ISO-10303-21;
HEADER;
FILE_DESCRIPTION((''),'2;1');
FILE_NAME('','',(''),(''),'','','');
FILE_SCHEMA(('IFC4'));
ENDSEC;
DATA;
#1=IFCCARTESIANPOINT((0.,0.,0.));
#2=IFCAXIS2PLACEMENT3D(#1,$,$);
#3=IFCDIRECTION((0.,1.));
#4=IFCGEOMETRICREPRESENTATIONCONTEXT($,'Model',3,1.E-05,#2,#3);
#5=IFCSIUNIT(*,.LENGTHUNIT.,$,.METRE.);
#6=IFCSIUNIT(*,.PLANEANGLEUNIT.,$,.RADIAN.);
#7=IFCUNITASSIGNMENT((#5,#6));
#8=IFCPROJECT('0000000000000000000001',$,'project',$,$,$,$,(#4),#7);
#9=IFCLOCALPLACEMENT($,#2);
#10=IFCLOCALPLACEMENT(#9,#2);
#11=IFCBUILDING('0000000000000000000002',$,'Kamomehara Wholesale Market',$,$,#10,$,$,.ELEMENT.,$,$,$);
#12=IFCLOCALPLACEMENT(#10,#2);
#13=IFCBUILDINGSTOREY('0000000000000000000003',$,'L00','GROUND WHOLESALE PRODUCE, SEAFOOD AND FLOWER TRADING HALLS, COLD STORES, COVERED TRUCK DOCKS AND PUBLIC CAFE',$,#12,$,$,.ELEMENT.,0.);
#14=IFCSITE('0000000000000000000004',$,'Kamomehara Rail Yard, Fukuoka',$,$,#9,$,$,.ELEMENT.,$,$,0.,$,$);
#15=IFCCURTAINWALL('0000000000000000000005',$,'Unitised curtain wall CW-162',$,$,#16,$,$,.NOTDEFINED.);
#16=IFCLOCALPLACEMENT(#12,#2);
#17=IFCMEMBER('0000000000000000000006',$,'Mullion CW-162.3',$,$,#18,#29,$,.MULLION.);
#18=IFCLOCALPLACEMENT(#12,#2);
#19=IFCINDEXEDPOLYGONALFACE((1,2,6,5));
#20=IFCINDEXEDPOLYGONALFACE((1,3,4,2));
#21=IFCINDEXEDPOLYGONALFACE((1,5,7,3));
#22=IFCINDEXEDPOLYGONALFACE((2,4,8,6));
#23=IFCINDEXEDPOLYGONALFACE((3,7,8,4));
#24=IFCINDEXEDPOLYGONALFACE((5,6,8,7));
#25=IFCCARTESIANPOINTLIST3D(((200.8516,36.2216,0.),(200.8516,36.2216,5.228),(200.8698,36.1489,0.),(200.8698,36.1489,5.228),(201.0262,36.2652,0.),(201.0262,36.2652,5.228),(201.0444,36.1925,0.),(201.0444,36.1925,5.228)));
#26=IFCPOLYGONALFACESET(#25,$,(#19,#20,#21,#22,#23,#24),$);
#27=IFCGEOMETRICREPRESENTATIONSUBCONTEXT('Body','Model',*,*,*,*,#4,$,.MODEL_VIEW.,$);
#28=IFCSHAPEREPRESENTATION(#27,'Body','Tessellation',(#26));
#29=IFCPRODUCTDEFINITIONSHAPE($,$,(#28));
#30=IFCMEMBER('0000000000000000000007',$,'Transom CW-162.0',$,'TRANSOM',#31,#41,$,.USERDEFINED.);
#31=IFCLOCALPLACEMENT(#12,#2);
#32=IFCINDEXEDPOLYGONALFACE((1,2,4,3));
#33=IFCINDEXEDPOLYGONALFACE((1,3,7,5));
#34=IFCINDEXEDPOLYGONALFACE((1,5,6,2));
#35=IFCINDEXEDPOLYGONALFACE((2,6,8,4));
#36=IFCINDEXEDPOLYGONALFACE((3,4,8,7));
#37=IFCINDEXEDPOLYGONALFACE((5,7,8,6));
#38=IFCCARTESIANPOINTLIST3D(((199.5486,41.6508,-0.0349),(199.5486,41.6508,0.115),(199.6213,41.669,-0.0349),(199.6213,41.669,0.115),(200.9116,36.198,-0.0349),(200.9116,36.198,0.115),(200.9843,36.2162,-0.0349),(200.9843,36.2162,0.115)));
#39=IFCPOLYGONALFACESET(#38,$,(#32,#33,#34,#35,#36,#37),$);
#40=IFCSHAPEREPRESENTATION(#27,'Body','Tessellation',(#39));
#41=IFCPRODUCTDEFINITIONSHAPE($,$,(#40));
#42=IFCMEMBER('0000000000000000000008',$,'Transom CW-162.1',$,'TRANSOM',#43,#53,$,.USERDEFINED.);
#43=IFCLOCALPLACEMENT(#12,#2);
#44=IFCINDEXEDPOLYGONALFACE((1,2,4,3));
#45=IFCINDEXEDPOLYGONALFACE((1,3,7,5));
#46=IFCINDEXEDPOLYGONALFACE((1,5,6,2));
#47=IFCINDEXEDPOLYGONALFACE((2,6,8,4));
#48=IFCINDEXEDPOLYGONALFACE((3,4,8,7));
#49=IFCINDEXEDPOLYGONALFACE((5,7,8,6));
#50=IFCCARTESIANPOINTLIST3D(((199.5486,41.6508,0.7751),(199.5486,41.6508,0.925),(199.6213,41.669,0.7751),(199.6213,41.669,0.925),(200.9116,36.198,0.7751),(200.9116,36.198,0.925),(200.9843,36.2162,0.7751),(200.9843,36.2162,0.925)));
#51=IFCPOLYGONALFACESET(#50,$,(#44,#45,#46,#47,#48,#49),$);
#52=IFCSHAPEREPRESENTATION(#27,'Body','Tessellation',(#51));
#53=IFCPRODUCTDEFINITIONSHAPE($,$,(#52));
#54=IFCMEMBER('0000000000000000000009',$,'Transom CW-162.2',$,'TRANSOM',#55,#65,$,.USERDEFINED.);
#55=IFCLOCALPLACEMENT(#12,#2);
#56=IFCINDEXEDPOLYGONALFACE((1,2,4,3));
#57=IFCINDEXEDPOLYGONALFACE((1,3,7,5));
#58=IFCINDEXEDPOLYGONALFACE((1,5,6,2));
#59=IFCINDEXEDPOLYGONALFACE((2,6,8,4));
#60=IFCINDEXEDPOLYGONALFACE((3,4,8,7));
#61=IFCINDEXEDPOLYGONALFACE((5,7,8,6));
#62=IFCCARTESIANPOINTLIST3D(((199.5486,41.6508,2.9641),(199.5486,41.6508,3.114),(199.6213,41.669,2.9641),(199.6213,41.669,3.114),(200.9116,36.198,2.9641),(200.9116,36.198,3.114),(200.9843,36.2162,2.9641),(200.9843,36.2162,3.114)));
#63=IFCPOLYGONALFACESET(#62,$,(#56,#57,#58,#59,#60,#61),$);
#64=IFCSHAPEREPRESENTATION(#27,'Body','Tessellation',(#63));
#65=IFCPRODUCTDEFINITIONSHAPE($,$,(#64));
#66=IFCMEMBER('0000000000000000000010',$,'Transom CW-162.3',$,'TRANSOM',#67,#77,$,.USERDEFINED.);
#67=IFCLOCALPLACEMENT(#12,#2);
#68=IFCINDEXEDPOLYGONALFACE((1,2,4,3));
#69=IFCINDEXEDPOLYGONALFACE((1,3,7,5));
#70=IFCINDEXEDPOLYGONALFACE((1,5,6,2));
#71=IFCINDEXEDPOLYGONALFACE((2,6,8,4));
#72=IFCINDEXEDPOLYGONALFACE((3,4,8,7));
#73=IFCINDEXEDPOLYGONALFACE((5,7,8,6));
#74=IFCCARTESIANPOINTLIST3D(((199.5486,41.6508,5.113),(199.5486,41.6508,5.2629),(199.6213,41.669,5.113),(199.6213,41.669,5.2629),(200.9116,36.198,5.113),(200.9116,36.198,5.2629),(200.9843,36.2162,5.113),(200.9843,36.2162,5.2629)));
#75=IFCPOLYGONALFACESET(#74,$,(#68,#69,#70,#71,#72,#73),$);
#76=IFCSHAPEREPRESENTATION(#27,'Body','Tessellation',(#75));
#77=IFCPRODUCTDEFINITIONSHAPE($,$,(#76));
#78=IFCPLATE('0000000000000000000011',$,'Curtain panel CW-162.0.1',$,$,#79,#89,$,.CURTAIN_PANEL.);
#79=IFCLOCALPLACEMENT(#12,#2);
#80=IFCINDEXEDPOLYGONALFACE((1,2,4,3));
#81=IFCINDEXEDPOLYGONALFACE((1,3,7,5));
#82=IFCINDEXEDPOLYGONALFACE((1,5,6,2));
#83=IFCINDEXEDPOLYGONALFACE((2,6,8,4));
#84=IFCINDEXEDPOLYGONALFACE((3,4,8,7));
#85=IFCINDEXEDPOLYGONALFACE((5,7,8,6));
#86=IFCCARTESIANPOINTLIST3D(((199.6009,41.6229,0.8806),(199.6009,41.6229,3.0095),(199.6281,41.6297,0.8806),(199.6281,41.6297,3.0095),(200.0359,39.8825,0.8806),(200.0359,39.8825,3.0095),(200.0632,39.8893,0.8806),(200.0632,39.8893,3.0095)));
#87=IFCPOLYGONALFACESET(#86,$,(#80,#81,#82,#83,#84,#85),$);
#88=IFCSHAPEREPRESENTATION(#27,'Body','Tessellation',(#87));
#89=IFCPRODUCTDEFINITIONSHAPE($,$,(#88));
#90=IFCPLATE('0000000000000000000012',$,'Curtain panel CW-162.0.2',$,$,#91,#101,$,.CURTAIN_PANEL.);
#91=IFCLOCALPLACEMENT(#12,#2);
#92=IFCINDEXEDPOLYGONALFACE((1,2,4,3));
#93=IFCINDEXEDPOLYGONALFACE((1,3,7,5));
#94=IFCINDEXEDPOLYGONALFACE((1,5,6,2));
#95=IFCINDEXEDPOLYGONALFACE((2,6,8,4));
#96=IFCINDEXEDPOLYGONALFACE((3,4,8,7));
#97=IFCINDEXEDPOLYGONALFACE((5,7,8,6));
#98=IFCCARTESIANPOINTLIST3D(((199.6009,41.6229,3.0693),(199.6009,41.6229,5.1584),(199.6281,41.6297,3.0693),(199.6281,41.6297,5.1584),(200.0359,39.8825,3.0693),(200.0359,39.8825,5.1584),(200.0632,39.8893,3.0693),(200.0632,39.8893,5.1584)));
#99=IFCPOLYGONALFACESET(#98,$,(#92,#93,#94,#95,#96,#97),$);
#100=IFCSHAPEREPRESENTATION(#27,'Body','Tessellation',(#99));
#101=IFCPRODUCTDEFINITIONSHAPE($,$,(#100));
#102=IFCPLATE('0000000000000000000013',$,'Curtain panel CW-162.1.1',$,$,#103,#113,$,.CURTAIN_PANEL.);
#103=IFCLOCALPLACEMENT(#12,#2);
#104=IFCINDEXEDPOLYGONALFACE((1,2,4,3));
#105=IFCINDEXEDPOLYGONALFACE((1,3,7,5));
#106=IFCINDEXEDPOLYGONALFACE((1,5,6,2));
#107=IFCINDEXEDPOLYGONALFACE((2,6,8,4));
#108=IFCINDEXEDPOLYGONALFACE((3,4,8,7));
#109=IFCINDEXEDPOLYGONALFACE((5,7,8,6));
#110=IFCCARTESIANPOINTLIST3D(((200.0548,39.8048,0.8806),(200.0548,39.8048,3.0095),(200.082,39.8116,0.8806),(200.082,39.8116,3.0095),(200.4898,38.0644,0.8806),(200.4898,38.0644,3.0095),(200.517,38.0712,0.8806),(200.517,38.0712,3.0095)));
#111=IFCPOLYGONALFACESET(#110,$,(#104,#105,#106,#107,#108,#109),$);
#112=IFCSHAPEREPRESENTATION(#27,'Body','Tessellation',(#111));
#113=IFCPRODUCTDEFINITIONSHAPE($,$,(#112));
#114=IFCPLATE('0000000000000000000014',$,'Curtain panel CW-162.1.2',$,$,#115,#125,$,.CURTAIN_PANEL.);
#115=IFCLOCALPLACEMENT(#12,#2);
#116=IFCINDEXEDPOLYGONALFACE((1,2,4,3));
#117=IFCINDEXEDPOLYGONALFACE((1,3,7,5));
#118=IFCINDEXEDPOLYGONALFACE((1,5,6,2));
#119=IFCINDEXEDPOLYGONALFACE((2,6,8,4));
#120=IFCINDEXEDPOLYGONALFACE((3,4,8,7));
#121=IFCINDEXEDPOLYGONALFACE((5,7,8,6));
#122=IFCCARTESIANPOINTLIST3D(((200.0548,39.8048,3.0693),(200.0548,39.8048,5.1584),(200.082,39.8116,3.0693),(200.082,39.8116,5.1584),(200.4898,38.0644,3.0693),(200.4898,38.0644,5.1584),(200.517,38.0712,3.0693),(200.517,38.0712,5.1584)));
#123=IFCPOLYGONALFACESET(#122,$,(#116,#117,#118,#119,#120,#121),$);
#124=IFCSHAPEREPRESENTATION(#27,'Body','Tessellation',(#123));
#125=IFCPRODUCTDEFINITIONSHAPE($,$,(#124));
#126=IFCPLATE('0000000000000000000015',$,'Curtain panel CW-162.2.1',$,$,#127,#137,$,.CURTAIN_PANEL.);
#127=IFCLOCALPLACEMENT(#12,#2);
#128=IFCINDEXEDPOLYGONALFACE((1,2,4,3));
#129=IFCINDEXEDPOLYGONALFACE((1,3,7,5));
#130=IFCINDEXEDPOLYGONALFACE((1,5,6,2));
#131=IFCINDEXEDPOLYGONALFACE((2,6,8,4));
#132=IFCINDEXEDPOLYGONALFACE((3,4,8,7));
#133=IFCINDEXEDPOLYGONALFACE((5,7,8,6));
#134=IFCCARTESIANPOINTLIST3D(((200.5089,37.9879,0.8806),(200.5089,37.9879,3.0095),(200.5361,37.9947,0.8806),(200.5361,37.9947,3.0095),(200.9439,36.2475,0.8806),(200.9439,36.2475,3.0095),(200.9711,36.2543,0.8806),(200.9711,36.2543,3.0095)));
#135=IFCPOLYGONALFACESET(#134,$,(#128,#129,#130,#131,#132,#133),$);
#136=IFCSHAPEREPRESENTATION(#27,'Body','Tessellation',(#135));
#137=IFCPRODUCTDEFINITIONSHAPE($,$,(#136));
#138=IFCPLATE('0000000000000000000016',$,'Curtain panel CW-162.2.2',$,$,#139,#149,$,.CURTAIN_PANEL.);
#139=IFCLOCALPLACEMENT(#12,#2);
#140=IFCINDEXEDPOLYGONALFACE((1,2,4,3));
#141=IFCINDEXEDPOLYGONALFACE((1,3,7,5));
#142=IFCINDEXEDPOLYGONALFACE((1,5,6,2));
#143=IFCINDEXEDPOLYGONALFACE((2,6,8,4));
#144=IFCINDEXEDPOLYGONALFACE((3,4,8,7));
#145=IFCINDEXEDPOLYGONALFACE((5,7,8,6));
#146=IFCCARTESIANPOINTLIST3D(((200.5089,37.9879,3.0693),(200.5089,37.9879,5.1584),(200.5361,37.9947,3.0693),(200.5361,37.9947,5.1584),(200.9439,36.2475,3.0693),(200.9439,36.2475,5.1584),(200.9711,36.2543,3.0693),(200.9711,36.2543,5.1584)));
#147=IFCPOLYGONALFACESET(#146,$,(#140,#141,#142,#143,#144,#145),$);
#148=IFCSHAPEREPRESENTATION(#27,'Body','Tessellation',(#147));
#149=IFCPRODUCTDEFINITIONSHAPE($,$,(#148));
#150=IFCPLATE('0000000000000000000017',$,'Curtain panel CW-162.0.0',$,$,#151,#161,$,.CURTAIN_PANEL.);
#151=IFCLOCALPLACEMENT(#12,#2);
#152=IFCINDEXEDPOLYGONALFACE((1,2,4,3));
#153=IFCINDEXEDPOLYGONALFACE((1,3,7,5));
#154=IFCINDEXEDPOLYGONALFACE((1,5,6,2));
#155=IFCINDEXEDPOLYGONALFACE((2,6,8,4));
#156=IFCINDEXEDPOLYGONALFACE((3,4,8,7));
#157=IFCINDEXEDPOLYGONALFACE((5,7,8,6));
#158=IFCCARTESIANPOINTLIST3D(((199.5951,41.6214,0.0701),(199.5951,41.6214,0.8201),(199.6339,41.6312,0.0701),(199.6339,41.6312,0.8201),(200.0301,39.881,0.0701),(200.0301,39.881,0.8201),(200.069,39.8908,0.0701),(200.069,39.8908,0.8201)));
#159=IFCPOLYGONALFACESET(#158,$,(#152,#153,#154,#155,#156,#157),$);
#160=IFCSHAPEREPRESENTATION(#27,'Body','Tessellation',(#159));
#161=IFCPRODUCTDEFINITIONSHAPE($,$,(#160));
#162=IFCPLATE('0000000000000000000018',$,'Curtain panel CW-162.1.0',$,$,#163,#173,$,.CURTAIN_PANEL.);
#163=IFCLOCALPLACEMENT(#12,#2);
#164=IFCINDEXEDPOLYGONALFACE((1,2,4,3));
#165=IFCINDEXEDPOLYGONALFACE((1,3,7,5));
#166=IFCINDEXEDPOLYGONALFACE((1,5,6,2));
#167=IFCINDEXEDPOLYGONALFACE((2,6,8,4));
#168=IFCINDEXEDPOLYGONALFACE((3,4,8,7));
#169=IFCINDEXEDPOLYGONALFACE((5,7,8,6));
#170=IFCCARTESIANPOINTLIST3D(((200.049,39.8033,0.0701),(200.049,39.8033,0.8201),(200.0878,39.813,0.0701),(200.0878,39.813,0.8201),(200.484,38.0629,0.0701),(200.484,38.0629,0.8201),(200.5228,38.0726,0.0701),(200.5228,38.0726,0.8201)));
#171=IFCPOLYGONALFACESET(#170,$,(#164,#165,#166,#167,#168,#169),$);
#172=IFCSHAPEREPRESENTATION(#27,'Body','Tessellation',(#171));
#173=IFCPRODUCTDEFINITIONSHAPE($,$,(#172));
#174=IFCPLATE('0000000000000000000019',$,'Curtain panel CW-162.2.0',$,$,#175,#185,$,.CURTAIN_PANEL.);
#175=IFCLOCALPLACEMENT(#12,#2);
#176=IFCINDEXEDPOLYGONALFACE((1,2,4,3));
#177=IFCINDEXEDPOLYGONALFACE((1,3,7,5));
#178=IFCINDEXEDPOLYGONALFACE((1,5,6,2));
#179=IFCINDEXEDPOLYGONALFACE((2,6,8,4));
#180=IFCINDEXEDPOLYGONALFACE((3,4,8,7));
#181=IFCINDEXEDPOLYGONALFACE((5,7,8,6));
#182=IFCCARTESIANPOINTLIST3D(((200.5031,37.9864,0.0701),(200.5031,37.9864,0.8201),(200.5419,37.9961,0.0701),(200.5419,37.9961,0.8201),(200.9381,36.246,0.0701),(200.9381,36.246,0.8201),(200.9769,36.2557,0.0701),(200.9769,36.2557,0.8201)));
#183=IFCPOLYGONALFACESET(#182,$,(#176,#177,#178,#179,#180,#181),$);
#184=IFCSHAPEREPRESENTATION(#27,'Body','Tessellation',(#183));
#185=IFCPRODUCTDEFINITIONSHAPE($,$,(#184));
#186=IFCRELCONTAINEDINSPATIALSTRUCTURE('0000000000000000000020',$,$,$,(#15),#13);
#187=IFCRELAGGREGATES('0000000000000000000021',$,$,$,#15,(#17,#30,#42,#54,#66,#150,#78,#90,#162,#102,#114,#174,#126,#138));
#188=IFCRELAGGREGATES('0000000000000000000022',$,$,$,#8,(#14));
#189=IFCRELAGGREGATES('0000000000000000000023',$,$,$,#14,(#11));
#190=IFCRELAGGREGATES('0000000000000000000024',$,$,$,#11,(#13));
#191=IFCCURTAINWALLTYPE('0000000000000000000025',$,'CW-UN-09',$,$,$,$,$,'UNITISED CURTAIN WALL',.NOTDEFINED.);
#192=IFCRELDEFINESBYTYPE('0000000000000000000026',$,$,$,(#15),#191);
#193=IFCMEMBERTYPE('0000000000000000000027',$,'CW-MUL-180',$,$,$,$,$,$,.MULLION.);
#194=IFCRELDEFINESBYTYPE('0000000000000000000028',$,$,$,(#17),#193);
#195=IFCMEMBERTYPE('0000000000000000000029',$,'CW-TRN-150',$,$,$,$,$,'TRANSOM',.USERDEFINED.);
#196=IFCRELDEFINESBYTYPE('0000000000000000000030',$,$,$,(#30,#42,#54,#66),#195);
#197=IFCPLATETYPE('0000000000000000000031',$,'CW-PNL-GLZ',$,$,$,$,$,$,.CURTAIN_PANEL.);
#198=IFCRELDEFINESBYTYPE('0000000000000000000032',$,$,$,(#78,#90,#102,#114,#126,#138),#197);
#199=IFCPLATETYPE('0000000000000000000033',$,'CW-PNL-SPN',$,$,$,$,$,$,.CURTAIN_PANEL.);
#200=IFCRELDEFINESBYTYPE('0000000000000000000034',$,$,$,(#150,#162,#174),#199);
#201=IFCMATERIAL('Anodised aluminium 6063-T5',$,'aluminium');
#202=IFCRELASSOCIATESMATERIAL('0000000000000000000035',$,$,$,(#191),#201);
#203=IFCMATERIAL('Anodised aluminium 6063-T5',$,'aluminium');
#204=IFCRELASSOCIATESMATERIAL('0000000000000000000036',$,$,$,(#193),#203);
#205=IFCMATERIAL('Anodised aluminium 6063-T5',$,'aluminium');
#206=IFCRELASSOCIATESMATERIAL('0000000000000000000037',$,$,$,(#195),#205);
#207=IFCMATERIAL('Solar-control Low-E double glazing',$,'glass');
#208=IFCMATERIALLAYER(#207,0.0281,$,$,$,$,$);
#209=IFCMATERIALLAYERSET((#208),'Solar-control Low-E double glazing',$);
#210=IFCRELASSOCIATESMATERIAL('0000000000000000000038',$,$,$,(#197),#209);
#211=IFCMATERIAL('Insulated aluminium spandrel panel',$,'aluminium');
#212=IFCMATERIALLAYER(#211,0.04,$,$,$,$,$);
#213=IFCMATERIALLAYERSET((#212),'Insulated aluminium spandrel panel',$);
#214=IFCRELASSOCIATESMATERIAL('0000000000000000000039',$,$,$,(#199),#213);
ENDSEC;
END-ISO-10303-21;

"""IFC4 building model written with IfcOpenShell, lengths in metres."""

from ifc_helpers import new_model, si_unit, direction, frame, origin, origin_2d, place, context, subcontext, project, spatial, rectangle, extrude, material, layer, layer_set, material_profile, profile_set, type_object, element, aggregate, save


model = new_model("IFC4")

# Units and contexts
model_context = context("Model", 3, precision=1e-05, world=origin(), true_north=direction((0.0, 1.0)))
body_context = subcontext(model_context, "Body", "Model", "MODEL_VIEW")
ifc_project = project(units=[si_unit("LENGTHUNIT", "METRE"), si_unit("PLANEANGLEUNIT", "RADIAN")], contexts=[model_context])

# Site, building, storey
site_placement = place(None, origin())
site = spatial("IfcSite", under=ifc_project, at=site_placement, Name="Kamomehara Rail Yard, Fukuoka", CompositionType="ELEMENT", RefElevation=0.0)
building_placement = place(site_placement, origin())
building = spatial("IfcBuilding", under=site, at=building_placement, Name="Kamomehara Wholesale Market", CompositionType="ELEMENT")
storey_placement = place(building_placement, origin())
storey = spatial("IfcBuildingStorey", under=building, at=storey_placement, Name="L00", Description="GROUND WHOLESALE PRODUCE, SEAFOOD AND FLOWER TRADING HALLS, COLD STORES, COVERED TRUCK DOCKS AND PUBLIC CAFE", CompositionType="ELEMENT", Elevation=0.0)

# Curtain wall, members, plates
ifc_material_1 = material(Name="Anodised aluminium 6063-T5", Category="aluminium")
curtain_wall_type = type_object("IfcCurtainWallType", Name="CW-UN-09", ElementType="UNITISED CURTAIN WALL", PredefinedType="NOTDEFINED", material=ifc_material_1)
curtain_wall_placement = place(storey_placement, origin())
curtain_wall = element("IfcCurtainWall", 1, at=curtain_wall_placement, inside=storey, type_object=curtain_wall_type, Name="Unitised curtain wall CW-162", PredefinedType="NOTDEFINED")
ifc_material_2 = material(Name="Anodised aluminium 6063-T5", Category="aluminium")
ifc_material_profile_1 = material_profile(ifc_material_2, rectangle(XDim=0.075, YDim=0.1799, at=origin_2d()), Name="ALU-MUL-75x180")
ifc_profile_set_1 = profile_set([ifc_material_profile_1], Name="Anodised aluminium 6063-T5")
member_type_1 = type_object("IfcMemberType", Name="CW-MUL-180", PredefinedType="MULLION", material=ifc_profile_set_1)
member_1_placement = place(storey_placement, frame((200.948, 36.207, 0.0), z_axis=(0.0, 0.0, 1.0), x_axis=(0.242494, -0.970153, 0.0)))
member_1 = element("IfcMember", 2, at=member_1_placement, type_object=member_type_1, Name="Mullion CW-162.3", PredefinedType="MULLION", context=body_context, shape_type="SweptSolid", body=[
    extrude(rectangle(XDim=0.075, YDim=0.1799, at=origin_2d()), origin(), (0.0, 0.0, 1.0), 5.228),
])
ifc_material_3 = material(Name="Anodised aluminium 6063-T5", Category="aluminium")
ifc_material_profile_2 = material_profile(ifc_material_3, rectangle(XDim=0.075, YDim=0.1499, at=origin_2d()), Name="ALU-TRN-75x150")
ifc_profile_set_2 = profile_set([ifc_material_profile_2], Name="Anodised aluminium 6063-T5")
member_type_2 = type_object("IfcMemberType", Name="CW-TRN-150", ElementType="TRANSOM", PredefinedType="USERDEFINED", material=ifc_profile_set_2)
member_2_placement = place(storey_placement, frame((199.585, 41.6599, 0.04), z_axis=(0.242505, -0.97015, 0.0), x_axis=(0.97015, 0.242505, 0.0)))
member_2 = element("IfcMember", 3, at=member_2_placement, type_object=member_type_2, Name="Transom CW-162.0", ObjectType="TRANSOM", PredefinedType="USERDEFINED", context=body_context, shape_type="SweptSolid", body=[
    extrude(rectangle(XDim=0.075, YDim=0.1499, at=origin_2d()), origin(), (0.0, 0.0, 1.0), 5.6206),
])
member_3_placement = place(storey_placement, frame((199.585, 41.6599, 0.8501), z_axis=(0.242505, -0.97015, 0.0), x_axis=(0.97015, 0.242505, 0.0)))
member_3 = element("IfcMember", 4, at=member_3_placement, type_object=member_type_2, Name="Transom CW-162.1", ObjectType="TRANSOM", PredefinedType="USERDEFINED", context=body_context, shape_type="SweptSolid", body=[
    extrude(rectangle(XDim=0.075, YDim=0.1499, at=origin_2d()), origin(), (0.0, 0.0, 1.0), 5.6206),
])
member_4_placement = place(storey_placement, frame((199.585, 41.6599, 3.0391), z_axis=(0.242505, -0.97015, 0.0), x_axis=(0.97015, 0.242505, 0.0)))
member_4 = element("IfcMember", 5, at=member_4_placement, type_object=member_type_2, Name="Transom CW-162.2", ObjectType="TRANSOM", PredefinedType="USERDEFINED", context=body_context, shape_type="SweptSolid", body=[
    extrude(rectangle(XDim=0.075, YDim=0.1499, at=origin_2d()), origin(), (0.0, 0.0, 1.0), 5.6206),
])
member_5_placement = place(storey_placement, frame((199.585, 41.6599, 5.188), z_axis=(0.242505, -0.97015, 0.0), x_axis=(0.97015, 0.242505, 0.0)))
member_5 = element("IfcMember", 6, at=member_5_placement, type_object=member_type_2, Name="Transom CW-162.3", ObjectType="TRANSOM", PredefinedType="USERDEFINED", context=body_context, shape_type="SweptSolid", body=[
    extrude(rectangle(XDim=0.075, YDim=0.1499, at=origin_2d()), origin(), (0.0, 0.0, 1.0), 5.6206),
])
ifc_material_4 = material(Name="Solar-control Low-E double glazing", Category="glass")
ifc_layer_1 = layer(ifc_material_4, 0.0281)
ifc_layer_set_1 = layer_set([ifc_layer_1], Name="Solar-control Low-E double glazing")
plate_type_1 = type_object("IfcPlateType", Name="CW-PNL-GLZ", PredefinedType="CURTAIN_PANEL", material=ifc_layer_set_1)
plate_1_placement = place(storey_placement, frame((199.832, 40.7561, 0.8806), z_axis=(0.0, 0.0, 1.0), x_axis=(0.242498, -0.970152, 0.0)))
plate_1 = element("IfcPlate", 7, at=plate_1_placement, type_object=plate_type_1, Name="Curtain panel CW-162.0.1", PredefinedType="CURTAIN_PANEL", context=body_context, shape_type="SweptSolid", body=[
    extrude(rectangle(XDim=1.7939, YDim=0.0281, at=origin_2d()), origin(), (0.0, 0.0, 1.0), 2.1289),
])
plate_2_placement = place(storey_placement, frame((199.832, 40.7561, 3.0693), z_axis=(0.0, 0.0, 1.0), x_axis=(0.242498, -0.970152, 0.0)))
plate_2 = element("IfcPlate", 8, at=plate_2_placement, type_object=plate_type_1, Name="Curtain panel CW-162.0.2", PredefinedType="CURTAIN_PANEL", context=body_context, shape_type="SweptSolid", body=[
    extrude(rectangle(XDim=1.7939, YDim=0.0281, at=origin_2d()), origin(), (0.0, 0.0, 1.0), 2.0891),
])
plate_3_placement = place(storey_placement, frame((200.2859, 38.938, 0.8806), z_axis=(0.0, 0.0, 1.0), x_axis=(0.242498, -0.970152, 0.0)))
plate_3 = element("IfcPlate", 9, at=plate_3_placement, type_object=plate_type_1, Name="Curtain panel CW-162.1.1", PredefinedType="CURTAIN_PANEL", context=body_context, shape_type="SweptSolid", body=[
    extrude(rectangle(XDim=1.7939, YDim=0.0281, at=origin_2d()), origin(), (0.0, 0.0, 1.0), 2.1289),
])
plate_4_placement = place(storey_placement, frame((200.2859, 38.938, 3.0693), z_axis=(0.0, 0.0, 1.0), x_axis=(0.242498, -0.970152, 0.0)))
plate_4 = element("IfcPlate", 10, at=plate_4_placement, type_object=plate_type_1, Name="Curtain panel CW-162.1.2", PredefinedType="CURTAIN_PANEL", context=body_context, shape_type="SweptSolid", body=[
    extrude(rectangle(XDim=1.7939, YDim=0.0281, at=origin_2d()), origin(), (0.0, 0.0, 1.0), 2.0891),
])
plate_5_placement = place(storey_placement, frame((200.74, 37.1211, 0.8806), z_axis=(0.0, 0.0, 1.0), x_axis=(0.242498, -0.970152, 0.0)))
plate_5 = element("IfcPlate", 11, at=plate_5_placement, type_object=plate_type_1, Name="Curtain panel CW-162.2.1", PredefinedType="CURTAIN_PANEL", context=body_context, shape_type="SweptSolid", body=[
    extrude(rectangle(XDim=1.7939, YDim=0.0281, at=origin_2d()), origin(), (0.0, 0.0, 1.0), 2.1289),
])
plate_6_placement = place(storey_placement, frame((200.74, 37.1211, 3.0693), z_axis=(0.0, 0.0, 1.0), x_axis=(0.242498, -0.970152, 0.0)))
plate_6 = element("IfcPlate", 12, at=plate_6_placement, type_object=plate_type_1, Name="Curtain panel CW-162.2.2", PredefinedType="CURTAIN_PANEL", context=body_context, shape_type="SweptSolid", body=[
    extrude(rectangle(XDim=1.7939, YDim=0.0281, at=origin_2d()), origin(), (0.0, 0.0, 1.0), 2.0891),
])
ifc_material_5 = material(Name="Insulated aluminium spandrel panel", Category="aluminium")
ifc_layer_2 = layer(ifc_material_5, 0.04)
ifc_layer_set_2 = layer_set([ifc_layer_2], Name="Insulated aluminium spandrel panel")
plate_type_2 = type_object("IfcPlateType", Name="CW-PNL-SPN", PredefinedType="CURTAIN_PANEL", material=ifc_layer_set_2)
plate_7_placement = place(storey_placement, frame((199.832, 40.7561, 0.0701), z_axis=(0.0, 0.0, 1.0), x_axis=(0.242498, -0.970152, 0.0)))
plate_7 = element("IfcPlate", 13, at=plate_7_placement, type_object=plate_type_2, Name="Curtain panel CW-162.0.0", PredefinedType="CURTAIN_PANEL", context=body_context, shape_type="SweptSolid", body=[
    extrude(rectangle(XDim=1.7939, YDim=0.04, at=origin_2d()), origin(), (0.0, 0.0, 1.0), 0.75),
])
plate_8_placement = place(storey_placement, frame((200.2859, 38.938, 0.0701), z_axis=(0.0, 0.0, 1.0), x_axis=(0.242498, -0.970152, 0.0)))
plate_8 = element("IfcPlate", 14, at=plate_8_placement, type_object=plate_type_2, Name="Curtain panel CW-162.1.0", PredefinedType="CURTAIN_PANEL", context=body_context, shape_type="SweptSolid", body=[
    extrude(rectangle(XDim=1.7939, YDim=0.04, at=origin_2d()), origin(), (0.0, 0.0, 1.0), 0.75),
])
plate_9_placement = place(storey_placement, frame((200.74, 37.1211, 0.0701), z_axis=(0.0, 0.0, 1.0), x_axis=(0.242498, -0.970152, 0.0)))
plate_9 = element("IfcPlate", 15, at=plate_9_placement, type_object=plate_type_2, Name="Curtain panel CW-162.2.0", PredefinedType="CURTAIN_PANEL", context=body_context, shape_type="SweptSolid", body=[
    extrude(rectangle(XDim=1.7939, YDim=0.04, at=origin_2d()), origin(), (0.0, 0.0, 1.0), 0.75),
])
aggregate(curtain_wall, [member_1, member_2, member_3, member_4, member_5, plate_7, plate_1, plate_2, plate_8, plate_3, plate_4, plate_9, plate_5, plate_6])

save(model, "model.ifc")
